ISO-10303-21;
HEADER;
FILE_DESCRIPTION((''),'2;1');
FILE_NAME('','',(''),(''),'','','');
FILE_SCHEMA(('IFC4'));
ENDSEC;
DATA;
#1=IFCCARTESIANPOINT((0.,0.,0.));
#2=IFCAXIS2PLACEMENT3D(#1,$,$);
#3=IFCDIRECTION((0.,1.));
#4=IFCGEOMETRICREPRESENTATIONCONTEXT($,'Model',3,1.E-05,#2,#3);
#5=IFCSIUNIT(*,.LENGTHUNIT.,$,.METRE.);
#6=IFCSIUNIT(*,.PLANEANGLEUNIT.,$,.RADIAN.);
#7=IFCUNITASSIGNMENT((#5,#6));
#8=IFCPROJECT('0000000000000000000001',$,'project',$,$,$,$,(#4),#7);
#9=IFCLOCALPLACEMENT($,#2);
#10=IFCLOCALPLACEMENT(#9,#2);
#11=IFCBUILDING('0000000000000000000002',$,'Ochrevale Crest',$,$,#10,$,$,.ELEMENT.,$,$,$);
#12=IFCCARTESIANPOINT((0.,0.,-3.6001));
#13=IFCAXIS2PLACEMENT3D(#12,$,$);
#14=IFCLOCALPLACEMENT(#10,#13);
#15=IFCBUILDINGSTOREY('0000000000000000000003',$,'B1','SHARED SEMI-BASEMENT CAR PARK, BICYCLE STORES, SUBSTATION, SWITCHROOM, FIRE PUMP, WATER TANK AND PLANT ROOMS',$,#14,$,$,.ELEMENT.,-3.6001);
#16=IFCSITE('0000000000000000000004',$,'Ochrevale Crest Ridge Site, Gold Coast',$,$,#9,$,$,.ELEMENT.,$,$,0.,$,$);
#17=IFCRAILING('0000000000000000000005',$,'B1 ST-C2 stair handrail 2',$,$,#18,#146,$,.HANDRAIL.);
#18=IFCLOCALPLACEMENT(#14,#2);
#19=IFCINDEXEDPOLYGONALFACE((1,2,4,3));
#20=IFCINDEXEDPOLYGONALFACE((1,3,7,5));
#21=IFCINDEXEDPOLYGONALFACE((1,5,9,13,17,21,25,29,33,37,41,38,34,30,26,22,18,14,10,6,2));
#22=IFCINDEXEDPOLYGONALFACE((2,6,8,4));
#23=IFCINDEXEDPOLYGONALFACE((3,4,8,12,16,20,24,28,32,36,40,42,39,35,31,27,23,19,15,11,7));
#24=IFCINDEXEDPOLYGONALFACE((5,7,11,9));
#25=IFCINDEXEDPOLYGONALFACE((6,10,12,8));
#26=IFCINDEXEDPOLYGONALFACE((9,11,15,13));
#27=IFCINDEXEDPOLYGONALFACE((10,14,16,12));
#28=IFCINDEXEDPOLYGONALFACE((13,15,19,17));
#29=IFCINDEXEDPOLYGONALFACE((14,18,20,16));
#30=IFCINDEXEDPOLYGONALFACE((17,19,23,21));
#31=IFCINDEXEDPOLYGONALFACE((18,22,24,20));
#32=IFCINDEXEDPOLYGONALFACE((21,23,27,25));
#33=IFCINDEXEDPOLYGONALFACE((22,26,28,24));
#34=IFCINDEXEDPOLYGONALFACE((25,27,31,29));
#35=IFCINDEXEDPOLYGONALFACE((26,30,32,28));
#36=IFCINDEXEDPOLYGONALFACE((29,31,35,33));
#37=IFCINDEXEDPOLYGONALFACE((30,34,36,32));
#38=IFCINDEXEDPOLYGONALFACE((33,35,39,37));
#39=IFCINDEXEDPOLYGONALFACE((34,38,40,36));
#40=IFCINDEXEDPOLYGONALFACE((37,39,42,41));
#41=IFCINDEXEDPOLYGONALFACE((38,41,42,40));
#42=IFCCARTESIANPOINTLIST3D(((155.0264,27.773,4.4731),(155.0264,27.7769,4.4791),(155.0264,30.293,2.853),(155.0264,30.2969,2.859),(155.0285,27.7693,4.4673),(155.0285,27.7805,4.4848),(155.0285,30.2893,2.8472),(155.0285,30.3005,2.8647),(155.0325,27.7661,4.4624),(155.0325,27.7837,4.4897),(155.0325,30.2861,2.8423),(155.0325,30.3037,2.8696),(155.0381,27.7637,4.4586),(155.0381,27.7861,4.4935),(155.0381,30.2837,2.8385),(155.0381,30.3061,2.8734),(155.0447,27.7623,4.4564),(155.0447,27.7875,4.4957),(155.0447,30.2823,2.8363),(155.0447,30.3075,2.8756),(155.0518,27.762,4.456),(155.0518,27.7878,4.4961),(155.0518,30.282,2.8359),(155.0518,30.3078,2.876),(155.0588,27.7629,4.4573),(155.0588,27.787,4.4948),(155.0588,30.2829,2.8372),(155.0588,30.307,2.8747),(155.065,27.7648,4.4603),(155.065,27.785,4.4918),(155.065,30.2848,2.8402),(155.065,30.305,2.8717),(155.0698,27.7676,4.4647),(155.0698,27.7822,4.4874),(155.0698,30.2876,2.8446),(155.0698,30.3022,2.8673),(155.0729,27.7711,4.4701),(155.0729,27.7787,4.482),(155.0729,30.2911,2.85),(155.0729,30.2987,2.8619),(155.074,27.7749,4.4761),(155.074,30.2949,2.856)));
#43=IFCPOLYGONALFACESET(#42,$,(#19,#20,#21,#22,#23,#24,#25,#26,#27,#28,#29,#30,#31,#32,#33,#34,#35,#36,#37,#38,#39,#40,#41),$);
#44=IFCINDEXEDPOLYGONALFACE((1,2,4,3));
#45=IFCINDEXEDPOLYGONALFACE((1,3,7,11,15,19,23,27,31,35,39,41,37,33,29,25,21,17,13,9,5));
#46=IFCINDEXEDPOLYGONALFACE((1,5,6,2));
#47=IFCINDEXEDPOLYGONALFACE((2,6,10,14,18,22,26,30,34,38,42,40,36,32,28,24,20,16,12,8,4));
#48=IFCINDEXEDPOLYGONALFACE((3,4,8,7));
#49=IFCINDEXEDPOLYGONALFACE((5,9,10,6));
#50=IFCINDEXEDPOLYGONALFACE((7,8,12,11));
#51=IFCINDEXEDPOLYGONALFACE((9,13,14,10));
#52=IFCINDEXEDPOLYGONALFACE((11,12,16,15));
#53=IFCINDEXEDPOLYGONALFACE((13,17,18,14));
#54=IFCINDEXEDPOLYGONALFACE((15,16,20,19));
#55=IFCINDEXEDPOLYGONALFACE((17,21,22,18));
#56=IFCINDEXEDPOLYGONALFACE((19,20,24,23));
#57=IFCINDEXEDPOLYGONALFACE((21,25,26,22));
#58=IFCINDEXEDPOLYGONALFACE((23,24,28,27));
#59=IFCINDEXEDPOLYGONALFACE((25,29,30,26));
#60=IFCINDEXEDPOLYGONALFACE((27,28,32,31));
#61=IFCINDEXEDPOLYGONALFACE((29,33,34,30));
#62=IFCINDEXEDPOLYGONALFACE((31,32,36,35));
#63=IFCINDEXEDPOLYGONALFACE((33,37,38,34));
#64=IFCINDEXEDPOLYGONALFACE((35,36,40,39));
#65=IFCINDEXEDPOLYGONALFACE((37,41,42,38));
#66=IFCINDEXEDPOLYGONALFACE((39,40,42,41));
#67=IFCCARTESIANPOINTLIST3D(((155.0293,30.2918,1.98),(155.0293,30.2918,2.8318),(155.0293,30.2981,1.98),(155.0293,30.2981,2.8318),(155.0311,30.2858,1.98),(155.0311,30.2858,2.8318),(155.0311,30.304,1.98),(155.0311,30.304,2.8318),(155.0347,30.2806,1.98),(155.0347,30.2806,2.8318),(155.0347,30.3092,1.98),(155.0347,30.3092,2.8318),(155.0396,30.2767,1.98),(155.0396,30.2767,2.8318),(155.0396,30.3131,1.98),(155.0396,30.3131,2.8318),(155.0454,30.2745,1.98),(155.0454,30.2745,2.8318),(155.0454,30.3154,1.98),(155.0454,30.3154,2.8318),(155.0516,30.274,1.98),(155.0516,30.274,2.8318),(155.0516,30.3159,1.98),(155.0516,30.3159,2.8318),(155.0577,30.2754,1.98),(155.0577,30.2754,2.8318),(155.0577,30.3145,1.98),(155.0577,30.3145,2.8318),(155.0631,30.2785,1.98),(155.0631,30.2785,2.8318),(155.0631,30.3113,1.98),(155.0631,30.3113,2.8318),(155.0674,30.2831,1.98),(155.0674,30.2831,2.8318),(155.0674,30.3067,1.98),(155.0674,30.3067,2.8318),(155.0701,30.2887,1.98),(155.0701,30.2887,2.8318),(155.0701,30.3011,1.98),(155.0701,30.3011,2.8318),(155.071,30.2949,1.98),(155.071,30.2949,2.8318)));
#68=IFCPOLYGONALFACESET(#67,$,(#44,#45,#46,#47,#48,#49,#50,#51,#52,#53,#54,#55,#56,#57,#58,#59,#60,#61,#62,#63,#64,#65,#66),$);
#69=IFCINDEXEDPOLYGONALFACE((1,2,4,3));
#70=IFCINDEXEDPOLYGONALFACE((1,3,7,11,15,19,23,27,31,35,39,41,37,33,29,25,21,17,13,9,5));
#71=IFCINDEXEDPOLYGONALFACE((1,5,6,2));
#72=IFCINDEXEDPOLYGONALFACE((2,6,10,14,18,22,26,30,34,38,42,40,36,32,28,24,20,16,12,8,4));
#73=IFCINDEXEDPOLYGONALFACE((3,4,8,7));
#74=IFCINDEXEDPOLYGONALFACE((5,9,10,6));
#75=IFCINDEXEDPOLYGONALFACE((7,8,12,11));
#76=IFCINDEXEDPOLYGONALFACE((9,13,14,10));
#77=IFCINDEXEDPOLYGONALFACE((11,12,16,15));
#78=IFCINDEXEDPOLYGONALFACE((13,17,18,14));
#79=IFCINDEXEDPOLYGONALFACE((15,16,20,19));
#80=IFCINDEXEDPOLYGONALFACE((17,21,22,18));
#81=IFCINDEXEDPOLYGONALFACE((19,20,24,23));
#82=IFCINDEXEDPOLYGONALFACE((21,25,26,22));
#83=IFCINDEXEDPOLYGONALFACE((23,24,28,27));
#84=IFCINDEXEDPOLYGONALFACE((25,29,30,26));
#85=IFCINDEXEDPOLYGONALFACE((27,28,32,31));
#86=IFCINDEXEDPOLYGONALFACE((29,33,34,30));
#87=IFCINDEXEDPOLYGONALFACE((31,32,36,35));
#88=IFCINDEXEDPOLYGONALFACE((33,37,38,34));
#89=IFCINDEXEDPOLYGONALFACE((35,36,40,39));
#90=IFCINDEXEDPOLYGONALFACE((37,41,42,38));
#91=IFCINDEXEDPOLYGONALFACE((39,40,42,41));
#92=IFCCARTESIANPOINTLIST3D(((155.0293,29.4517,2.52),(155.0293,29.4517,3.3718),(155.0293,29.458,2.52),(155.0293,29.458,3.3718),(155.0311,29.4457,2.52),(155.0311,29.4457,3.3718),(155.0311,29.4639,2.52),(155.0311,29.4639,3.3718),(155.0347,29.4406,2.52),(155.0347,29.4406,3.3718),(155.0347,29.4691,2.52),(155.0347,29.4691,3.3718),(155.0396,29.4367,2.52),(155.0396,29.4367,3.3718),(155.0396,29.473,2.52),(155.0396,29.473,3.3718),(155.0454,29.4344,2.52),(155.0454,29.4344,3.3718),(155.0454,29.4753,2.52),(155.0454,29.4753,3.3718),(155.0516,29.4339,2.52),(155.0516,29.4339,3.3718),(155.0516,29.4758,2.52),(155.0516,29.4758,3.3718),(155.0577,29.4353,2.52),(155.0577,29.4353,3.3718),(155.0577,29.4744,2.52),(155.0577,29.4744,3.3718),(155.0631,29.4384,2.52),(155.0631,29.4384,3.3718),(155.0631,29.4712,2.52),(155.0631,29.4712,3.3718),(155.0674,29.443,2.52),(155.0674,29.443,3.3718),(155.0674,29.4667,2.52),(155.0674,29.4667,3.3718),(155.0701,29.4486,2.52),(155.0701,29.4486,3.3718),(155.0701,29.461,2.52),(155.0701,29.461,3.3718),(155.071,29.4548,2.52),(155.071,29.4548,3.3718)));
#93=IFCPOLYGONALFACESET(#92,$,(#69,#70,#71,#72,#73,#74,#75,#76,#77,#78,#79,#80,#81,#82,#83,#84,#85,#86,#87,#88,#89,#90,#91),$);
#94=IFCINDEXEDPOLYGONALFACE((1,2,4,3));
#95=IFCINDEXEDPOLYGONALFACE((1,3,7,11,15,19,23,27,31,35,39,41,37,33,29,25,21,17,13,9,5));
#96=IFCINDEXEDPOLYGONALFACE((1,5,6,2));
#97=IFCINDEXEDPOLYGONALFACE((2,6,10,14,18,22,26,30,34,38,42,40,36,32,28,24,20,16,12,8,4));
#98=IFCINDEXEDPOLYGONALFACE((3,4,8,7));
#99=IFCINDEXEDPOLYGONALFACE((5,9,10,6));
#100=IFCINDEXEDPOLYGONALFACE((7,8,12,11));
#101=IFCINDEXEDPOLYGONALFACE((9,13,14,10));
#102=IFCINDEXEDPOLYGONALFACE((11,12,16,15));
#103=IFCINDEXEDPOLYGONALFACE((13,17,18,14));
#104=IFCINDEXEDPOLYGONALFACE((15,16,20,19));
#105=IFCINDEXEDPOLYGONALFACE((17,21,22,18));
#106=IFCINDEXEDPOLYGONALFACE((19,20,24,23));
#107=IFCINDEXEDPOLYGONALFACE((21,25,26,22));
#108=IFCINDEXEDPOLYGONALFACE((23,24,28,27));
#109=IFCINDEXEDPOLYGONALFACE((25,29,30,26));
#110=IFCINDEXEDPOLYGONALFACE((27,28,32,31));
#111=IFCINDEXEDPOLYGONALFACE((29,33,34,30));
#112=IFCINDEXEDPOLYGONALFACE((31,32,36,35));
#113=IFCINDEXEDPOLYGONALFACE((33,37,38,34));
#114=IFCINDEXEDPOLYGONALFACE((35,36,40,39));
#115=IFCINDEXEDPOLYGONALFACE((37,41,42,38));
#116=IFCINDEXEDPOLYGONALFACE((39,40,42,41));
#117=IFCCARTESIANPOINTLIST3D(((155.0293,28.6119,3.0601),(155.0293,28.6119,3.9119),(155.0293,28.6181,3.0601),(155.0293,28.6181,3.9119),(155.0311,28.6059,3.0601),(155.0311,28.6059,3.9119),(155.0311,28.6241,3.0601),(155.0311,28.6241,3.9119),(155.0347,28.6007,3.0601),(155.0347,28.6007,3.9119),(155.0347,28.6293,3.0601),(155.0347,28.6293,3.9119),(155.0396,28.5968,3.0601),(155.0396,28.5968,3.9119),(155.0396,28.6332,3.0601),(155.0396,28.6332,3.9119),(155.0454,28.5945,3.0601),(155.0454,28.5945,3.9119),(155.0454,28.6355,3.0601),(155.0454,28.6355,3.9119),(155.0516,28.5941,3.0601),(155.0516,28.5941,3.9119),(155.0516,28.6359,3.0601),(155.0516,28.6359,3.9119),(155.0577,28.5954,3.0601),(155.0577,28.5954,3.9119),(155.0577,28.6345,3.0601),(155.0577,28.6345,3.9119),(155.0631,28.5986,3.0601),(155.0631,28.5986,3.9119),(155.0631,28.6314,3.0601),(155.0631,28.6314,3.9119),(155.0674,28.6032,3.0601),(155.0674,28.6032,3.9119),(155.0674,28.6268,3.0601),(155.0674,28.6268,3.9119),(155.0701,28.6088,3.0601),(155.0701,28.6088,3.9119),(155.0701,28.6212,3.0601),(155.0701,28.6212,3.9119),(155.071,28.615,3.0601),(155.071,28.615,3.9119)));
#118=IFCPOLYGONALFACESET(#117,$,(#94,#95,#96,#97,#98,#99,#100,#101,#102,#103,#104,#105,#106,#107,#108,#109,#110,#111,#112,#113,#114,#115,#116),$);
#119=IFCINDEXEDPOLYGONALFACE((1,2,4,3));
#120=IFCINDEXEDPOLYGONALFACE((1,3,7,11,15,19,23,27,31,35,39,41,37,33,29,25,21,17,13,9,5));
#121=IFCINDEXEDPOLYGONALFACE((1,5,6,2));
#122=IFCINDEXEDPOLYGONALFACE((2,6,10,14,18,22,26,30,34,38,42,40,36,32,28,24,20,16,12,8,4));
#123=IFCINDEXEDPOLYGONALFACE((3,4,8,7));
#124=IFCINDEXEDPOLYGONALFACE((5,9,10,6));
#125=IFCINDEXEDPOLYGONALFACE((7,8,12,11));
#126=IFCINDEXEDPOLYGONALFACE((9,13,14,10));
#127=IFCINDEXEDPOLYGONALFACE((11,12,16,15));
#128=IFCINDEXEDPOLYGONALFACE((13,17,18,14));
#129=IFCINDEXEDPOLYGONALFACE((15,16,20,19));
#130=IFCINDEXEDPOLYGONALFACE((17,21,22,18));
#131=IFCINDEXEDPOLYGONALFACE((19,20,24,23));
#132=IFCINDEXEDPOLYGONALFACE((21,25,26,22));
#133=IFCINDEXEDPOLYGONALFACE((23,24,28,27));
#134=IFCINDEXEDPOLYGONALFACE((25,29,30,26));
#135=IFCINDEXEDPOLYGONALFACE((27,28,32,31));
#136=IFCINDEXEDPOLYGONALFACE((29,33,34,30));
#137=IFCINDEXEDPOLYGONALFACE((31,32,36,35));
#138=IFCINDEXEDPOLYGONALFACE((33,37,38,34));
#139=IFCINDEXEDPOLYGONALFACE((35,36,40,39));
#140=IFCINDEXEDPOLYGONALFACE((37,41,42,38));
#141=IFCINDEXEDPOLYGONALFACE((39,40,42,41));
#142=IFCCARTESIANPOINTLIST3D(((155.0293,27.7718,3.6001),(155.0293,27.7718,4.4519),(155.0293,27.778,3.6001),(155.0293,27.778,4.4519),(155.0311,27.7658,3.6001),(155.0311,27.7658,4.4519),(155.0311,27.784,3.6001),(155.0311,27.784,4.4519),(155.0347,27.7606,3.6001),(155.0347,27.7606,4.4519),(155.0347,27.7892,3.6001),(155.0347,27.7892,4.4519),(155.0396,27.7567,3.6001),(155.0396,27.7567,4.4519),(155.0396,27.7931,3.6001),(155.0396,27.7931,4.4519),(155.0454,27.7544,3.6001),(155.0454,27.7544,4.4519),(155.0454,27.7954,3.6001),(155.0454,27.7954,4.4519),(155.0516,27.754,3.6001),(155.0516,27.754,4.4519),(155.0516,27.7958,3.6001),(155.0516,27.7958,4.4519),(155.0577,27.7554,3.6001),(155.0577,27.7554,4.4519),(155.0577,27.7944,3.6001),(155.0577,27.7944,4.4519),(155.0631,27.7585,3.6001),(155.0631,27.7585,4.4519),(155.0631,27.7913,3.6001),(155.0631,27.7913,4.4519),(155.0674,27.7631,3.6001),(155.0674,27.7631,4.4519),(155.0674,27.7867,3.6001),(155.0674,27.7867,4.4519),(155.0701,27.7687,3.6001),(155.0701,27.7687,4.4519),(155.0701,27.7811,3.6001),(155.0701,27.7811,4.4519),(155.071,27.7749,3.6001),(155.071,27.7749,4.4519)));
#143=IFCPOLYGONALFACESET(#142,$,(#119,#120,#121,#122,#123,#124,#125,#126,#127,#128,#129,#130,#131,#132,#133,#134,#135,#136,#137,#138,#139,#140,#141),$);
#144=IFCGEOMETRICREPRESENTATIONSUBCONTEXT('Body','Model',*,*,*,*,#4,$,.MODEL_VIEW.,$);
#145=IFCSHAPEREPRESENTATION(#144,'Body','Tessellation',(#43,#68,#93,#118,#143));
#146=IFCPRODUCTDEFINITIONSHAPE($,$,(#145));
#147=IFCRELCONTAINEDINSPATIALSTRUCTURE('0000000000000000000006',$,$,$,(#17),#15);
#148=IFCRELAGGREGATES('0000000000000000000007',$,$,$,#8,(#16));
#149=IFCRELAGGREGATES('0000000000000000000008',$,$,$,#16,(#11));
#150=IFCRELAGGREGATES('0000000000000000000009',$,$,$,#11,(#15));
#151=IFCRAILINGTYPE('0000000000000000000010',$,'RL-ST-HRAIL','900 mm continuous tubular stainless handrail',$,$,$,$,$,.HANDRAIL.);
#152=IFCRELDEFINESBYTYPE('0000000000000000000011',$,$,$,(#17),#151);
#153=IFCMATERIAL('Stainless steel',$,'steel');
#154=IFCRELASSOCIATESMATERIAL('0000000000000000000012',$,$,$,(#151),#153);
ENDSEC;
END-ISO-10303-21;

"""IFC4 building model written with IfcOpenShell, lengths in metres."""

from ifc_helpers import new_model, si_unit, direction, frame, origin, origin_2d, place, context, subcontext, project, spatial, circle, extrude, material, type_object, element, save


model = new_model("IFC4")

# Units and contexts
model_context = context("Model", 3, precision=1e-05, world=origin(), true_north=direction((0.0, 1.0)))
body_context = subcontext(model_context, "Body", "Model", "MODEL_VIEW")
ifc_project = project(units=[si_unit("LENGTHUNIT", "METRE"), si_unit("PLANEANGLEUNIT", "RADIAN")], contexts=[model_context])

# Site, building, storey
site_placement = place(None, origin())
site = spatial("IfcSite", under=ifc_project, at=site_placement, Name="Ochrevale Crest Ridge Site, Gold Coast", CompositionType="ELEMENT", RefElevation=0.0)
building_placement = place(site_placement, origin())
building = spatial("IfcBuilding", under=site, at=building_placement, Name="Ochrevale Crest", CompositionType="ELEMENT")
storey_placement = place(building_placement, frame((0.0, 0.0, -3.6001)))
storey = spatial("IfcBuildingStorey", under=building, at=storey_placement, Name="B1", Description="SHARED SEMI-BASEMENT CAR PARK, BICYCLE STORES, SUBSTATION, SWITCHROOM, FIRE PUMP, WATER TANK AND PLANT ROOMS", CompositionType="ELEMENT", Elevation=-3.6001)

# Railing
ifc_material_1 = material(Name="Stainless steel", Category="steel")
railing_type_1 = type_object("IfcRailingType", Name="RL-ST-HRAIL", Description="900 mm continuous tubular stainless handrail", PredefinedType="HANDRAIL", material=ifc_material_1)
railing_1_placement = place(storey_placement, frame((155.05, 30.2949, 1.98)))
element("IfcRailing", 1, at=railing_1_placement, inside=storey, type_object=railing_type_1, Name="B1 ST-C2 stair handrail 2", PredefinedType="HANDRAIL", context=body_context, shape_type="SweptSolid", body=[
    extrude(circle(Radius=0.0239, at=origin_2d()), frame((0.0, 0.0, 0.876), z_axis=(0.0, -0.841163, 0.540782), x_axis=(1.0, 0.0, 0.0)), (0.0, 0.0, 1.0), 2.9958),
    extrude(circle(Radius=0.021, at=origin_2d()), origin(), (0.0, 0.0, 1.0), 0.8518),
    extrude(circle(Radius=0.021, at=origin_2d()), frame((0.0, -0.8401, 0.54)), (0.0, 0.0, 1.0), 0.8518),
    extrude(circle(Radius=0.021, at=origin_2d()), frame((0.0, -1.6799, 1.0801)), (0.0, 0.0, 1.0), 0.8518),
    extrude(circle(Radius=0.021, at=origin_2d()), frame((0.0, -2.52, 1.6201)), (0.0, 0.0, 1.0), 0.8518),
])

save(model, "model.ifc")
